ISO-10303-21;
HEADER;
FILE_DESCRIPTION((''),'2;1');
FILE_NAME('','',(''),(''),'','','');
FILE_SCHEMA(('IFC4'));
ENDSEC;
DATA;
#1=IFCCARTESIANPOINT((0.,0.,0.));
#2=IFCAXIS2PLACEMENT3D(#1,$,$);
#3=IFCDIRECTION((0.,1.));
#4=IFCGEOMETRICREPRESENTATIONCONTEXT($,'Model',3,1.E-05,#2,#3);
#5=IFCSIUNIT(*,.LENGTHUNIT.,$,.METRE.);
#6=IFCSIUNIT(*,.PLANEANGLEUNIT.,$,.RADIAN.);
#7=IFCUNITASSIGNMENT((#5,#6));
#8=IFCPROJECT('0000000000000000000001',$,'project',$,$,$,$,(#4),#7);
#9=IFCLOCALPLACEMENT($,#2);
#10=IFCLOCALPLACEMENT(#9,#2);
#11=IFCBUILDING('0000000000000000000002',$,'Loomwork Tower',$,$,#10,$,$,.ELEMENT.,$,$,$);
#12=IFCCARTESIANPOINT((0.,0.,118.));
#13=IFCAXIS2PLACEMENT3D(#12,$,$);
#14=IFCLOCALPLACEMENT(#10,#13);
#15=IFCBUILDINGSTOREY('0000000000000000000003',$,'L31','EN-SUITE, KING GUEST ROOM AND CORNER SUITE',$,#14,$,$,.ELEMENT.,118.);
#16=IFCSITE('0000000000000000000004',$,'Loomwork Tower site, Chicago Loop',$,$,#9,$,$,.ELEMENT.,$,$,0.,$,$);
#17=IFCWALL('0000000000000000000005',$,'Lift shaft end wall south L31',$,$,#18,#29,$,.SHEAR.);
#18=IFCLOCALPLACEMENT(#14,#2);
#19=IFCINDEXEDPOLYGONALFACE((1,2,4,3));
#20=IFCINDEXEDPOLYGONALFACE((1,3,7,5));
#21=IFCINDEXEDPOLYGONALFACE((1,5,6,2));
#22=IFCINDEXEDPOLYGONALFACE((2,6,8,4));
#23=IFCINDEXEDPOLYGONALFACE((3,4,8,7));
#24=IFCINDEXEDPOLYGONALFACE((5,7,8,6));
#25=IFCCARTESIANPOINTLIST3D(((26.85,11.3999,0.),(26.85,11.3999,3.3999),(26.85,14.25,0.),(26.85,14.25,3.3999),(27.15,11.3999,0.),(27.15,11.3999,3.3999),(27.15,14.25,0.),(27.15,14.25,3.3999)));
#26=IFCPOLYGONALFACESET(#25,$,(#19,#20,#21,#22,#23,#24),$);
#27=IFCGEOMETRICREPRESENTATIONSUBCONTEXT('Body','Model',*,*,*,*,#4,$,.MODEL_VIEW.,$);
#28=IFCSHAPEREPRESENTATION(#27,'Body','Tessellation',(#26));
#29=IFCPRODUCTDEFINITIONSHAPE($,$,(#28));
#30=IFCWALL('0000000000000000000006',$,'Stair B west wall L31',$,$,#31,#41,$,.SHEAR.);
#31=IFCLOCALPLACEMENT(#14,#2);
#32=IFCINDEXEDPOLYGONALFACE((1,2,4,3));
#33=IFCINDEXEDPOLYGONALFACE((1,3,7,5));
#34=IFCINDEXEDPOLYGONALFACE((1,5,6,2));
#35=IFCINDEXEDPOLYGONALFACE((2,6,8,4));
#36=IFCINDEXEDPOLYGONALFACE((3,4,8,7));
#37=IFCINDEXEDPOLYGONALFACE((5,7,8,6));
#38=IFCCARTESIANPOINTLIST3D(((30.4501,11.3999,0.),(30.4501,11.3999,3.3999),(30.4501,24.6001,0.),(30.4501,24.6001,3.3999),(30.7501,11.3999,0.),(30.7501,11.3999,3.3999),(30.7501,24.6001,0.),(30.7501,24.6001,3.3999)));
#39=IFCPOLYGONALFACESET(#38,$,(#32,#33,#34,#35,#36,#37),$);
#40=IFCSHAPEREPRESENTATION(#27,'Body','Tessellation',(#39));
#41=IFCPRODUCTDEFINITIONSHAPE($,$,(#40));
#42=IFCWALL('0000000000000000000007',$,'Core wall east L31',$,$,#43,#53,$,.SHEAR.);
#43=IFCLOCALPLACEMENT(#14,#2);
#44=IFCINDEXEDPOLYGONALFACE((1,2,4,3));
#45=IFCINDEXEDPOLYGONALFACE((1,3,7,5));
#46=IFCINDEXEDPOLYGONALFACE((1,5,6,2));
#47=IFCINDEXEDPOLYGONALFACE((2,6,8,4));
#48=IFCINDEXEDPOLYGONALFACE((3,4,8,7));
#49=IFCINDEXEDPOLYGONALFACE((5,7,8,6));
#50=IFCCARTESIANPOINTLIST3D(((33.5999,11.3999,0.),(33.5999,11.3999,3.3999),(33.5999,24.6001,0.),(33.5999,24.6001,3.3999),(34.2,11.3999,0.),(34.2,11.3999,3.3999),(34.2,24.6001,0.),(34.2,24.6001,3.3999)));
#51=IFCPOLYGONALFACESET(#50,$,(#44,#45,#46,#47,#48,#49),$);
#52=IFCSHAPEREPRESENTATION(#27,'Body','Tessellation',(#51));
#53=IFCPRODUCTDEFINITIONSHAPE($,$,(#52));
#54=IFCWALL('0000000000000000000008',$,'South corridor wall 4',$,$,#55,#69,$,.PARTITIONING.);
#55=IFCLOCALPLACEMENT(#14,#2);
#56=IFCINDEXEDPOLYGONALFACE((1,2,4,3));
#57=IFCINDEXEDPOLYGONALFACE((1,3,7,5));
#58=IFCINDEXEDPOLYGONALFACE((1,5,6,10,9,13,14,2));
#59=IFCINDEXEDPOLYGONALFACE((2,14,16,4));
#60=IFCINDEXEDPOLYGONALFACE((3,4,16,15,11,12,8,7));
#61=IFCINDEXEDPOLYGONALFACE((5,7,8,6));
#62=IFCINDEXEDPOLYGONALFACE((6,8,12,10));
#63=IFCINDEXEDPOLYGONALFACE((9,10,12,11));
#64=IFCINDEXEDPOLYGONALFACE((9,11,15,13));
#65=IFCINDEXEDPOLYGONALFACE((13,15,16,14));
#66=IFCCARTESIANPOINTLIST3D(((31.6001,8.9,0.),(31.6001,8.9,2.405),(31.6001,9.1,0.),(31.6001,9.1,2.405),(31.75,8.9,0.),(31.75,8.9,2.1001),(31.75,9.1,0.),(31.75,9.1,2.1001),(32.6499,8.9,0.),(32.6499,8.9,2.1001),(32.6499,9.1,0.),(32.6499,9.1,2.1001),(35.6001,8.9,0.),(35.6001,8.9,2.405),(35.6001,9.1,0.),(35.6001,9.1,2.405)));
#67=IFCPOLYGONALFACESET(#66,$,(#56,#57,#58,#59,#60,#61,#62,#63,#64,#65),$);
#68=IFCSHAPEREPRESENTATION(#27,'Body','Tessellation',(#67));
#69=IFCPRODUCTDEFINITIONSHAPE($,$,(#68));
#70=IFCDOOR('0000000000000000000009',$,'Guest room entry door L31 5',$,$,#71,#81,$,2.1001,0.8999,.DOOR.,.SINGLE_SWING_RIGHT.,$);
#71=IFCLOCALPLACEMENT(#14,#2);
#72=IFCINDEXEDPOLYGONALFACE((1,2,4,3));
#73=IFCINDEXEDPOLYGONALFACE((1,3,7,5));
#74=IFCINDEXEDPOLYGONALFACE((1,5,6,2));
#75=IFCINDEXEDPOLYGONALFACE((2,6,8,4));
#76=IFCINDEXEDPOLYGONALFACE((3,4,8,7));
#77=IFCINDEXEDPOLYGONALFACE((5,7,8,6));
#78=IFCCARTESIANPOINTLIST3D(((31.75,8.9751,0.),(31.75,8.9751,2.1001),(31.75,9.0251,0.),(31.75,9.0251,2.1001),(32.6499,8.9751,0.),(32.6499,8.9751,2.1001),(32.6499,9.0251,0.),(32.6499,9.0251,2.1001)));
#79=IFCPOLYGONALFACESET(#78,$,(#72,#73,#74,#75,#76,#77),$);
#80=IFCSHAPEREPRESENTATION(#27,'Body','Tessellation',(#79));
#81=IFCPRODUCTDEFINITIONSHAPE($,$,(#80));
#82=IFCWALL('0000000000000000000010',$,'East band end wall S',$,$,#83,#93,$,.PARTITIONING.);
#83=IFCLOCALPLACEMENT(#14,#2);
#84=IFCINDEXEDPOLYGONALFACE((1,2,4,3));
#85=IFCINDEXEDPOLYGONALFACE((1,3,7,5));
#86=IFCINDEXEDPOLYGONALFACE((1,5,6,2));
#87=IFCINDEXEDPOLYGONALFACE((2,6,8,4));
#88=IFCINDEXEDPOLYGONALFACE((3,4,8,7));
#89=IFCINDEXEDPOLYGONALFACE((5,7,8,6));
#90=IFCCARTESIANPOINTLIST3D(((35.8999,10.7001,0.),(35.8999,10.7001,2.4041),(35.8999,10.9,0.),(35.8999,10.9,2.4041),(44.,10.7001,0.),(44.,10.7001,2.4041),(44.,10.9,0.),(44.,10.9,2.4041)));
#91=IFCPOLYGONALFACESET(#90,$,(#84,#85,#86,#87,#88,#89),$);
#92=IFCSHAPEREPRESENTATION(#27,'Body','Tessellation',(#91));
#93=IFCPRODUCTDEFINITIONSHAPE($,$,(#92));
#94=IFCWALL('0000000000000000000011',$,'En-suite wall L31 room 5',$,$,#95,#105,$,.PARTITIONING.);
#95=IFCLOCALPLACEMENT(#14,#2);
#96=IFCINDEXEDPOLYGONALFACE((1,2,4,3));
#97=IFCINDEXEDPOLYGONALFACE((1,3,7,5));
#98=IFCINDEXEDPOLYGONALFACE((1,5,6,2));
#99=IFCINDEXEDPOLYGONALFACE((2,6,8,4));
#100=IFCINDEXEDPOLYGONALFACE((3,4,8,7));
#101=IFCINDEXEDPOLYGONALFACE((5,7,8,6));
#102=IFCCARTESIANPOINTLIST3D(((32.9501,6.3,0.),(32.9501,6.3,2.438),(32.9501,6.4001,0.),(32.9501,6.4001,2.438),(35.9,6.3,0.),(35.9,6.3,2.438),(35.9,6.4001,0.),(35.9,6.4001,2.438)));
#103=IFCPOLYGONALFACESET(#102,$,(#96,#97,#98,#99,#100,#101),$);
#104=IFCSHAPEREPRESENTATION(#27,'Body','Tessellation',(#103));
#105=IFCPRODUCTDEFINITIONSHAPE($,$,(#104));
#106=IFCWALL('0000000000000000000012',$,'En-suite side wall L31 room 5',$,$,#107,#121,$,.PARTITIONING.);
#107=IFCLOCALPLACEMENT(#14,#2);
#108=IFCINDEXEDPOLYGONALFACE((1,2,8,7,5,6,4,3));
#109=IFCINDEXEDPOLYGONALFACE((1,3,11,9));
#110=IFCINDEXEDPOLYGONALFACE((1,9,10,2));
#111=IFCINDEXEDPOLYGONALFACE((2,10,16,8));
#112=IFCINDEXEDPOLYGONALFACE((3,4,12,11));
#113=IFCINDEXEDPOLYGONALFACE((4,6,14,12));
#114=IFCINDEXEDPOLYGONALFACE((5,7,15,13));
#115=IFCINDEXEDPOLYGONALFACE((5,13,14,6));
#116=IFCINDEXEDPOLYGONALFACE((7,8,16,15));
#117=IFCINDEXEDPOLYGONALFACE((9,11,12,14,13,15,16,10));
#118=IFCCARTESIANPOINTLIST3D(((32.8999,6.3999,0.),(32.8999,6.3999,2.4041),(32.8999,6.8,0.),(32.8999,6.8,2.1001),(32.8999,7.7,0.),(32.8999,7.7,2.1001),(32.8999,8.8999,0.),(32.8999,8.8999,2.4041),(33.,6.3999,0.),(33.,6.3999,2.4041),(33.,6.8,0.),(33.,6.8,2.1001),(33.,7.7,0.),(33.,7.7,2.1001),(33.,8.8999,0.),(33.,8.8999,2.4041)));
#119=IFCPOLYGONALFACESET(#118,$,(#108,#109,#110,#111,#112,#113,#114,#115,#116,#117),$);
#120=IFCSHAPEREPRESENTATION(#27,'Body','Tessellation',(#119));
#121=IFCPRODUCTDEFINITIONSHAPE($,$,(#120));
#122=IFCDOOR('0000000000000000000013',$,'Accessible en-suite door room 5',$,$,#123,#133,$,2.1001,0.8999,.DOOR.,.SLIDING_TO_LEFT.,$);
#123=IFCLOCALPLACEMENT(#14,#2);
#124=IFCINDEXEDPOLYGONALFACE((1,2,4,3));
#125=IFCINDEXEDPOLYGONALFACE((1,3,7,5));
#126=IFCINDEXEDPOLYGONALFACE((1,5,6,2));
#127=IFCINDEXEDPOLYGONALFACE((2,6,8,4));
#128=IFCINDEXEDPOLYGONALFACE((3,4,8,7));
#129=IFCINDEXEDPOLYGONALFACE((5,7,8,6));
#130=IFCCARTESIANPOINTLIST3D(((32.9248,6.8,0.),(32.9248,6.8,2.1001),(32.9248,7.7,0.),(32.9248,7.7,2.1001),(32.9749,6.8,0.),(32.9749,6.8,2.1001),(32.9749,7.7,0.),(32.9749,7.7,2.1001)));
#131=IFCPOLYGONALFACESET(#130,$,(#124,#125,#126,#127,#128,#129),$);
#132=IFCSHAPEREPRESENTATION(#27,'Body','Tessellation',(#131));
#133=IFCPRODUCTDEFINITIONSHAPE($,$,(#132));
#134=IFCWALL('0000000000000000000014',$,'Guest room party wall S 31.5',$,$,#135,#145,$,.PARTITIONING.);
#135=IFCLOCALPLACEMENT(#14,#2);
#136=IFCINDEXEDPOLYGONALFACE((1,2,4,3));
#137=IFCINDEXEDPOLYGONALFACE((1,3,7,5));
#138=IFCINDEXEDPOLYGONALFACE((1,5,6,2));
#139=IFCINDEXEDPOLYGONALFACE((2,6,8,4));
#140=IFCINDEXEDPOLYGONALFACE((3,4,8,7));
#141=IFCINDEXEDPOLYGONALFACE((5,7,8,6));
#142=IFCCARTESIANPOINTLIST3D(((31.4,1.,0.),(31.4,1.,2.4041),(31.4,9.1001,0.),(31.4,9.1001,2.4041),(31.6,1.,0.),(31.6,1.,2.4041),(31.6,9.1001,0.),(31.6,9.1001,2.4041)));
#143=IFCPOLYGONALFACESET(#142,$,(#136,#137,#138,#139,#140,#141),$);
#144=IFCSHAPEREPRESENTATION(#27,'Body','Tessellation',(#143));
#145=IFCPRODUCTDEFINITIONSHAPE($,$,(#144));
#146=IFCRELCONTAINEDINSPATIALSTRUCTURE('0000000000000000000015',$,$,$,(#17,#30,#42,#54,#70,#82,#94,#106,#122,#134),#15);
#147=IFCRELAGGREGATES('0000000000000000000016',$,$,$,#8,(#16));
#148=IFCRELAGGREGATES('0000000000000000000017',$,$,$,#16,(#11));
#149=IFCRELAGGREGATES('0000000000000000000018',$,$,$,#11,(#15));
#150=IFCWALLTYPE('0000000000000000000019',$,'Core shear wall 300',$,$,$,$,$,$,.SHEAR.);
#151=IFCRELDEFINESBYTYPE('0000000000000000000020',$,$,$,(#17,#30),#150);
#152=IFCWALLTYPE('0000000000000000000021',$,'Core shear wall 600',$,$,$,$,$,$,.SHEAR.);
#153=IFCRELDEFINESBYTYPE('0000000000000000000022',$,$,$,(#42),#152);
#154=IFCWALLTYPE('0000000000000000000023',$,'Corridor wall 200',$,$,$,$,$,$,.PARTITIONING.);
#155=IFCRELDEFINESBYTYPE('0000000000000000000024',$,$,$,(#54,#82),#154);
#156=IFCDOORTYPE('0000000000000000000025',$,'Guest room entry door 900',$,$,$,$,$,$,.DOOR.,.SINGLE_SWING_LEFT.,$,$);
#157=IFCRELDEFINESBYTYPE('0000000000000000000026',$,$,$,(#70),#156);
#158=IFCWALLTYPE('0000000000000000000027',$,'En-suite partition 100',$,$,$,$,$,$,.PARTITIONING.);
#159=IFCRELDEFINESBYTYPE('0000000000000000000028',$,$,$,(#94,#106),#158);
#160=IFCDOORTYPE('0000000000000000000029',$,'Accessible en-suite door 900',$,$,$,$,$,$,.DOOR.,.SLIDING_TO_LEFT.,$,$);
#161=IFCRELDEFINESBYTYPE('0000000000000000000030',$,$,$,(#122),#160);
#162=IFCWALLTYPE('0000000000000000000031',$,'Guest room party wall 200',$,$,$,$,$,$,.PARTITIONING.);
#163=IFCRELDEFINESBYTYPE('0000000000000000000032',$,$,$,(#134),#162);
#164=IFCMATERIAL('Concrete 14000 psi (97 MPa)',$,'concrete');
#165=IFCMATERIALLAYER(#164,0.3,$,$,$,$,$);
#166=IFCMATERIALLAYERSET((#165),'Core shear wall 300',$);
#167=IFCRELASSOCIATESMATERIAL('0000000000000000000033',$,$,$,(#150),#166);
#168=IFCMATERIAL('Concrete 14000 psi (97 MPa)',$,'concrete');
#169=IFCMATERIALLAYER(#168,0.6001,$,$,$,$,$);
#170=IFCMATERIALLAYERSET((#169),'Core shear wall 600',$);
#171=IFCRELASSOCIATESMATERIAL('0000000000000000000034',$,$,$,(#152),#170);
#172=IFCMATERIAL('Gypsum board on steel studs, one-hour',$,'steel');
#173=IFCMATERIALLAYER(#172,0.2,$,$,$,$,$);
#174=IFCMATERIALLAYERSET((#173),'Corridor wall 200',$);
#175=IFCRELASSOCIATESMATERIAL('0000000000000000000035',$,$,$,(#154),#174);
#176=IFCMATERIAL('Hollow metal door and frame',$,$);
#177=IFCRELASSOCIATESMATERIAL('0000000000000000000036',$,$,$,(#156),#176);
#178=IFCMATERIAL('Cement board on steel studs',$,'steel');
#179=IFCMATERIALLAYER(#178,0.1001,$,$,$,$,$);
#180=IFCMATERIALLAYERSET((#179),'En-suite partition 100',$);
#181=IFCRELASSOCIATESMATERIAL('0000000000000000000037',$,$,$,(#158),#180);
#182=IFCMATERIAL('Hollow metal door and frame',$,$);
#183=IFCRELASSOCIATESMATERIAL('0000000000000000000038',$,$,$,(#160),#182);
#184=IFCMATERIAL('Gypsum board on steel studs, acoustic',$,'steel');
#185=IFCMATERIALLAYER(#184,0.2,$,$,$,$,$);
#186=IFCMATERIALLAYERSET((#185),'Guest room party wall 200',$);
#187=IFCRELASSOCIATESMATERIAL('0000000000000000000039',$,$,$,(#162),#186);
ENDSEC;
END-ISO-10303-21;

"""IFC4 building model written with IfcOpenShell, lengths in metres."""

from ifc_helpers import new_model, si_unit, direction, frame, frame_2d, origin, place, context, subcontext, project, spatial, rectangle, extrude, material, layer, layer_set, type_object, element, fill, save


model = new_model("IFC4")

# Units and contexts
model_context = context("Model", 3, precision=1e-05, world=origin(), true_north=direction((0.0, 1.0)))
body_context = subcontext(model_context, "Body", "Model", "MODEL_VIEW")
ifc_project = project(units=[si_unit("LENGTHUNIT", "METRE"), si_unit("PLANEANGLEUNIT", "RADIAN")], contexts=[model_context])

# Site, building, storey
site_placement = place(None, origin())
site = spatial("IfcSite", under=ifc_project, at=site_placement, Name="Loomwork Tower site, Chicago Loop", CompositionType="ELEMENT", RefElevation=0.0)
building_placement = place(site_placement, origin())
building = spatial("IfcBuilding", under=site, at=building_placement, Name="Loomwork Tower", CompositionType="ELEMENT")
storey_placement = place(building_placement, frame((0.0, 0.0, 118.0)))
storey = spatial("IfcBuildingStorey", under=building, at=storey_placement, Name="L31", Description="EN-SUITE, KING GUEST ROOM AND CORNER SUITE", CompositionType="ELEMENT", Elevation=118.0)

# Walls
ifc_material_1 = material(Name="Concrete 14000 psi (97 MPa)", Category="concrete")
ifc_layer_1 = layer(ifc_material_1, 0.3)
ifc_layer_set_1 = layer_set([ifc_layer_1], Name="Core shear wall 300")
wall_type_1 = type_object("IfcWallType", Name="Core shear wall 300", PredefinedType="SHEAR", material=ifc_layer_set_1)
wall_1_placement = place(storey_placement, frame((27.0, 11.3999, 0.0), z_axis=(0.0, 0.0, 1.0), x_axis=(0.0, 1.0, 0.0)))
element("IfcWall", 1, at=wall_1_placement, inside=storey, type_object=wall_type_1, Name="Lift shaft end wall south L31", PredefinedType="SHEAR", context=body_context, shape_type="SweptSolid", body=[
    extrude(rectangle(XDim=2.8501, YDim=0.3, at=frame_2d((1.425, 0.0))), origin(), (0.0, 0.0, 1.0), 3.3999),
])
wall_2_placement = place(storey_placement, frame((30.6001, 11.3999, 0.0), z_axis=(0.0, 0.0, 1.0), x_axis=(0.0, 1.0, 0.0)))
element("IfcWall", 2, at=wall_2_placement, inside=storey, type_object=wall_type_1, Name="Stair B west wall L31", PredefinedType="SHEAR", context=body_context, shape_type="SweptSolid", body=[
    extrude(rectangle(XDim=13.2002, YDim=0.3, at=frame_2d((6.6001, 0.0))), origin(), (0.0, 0.0, 1.0), 3.3999),
])
ifc_material_2 = material(Name="Concrete 14000 psi (97 MPa)", Category="concrete")
ifc_layer_2 = layer(ifc_material_2, 0.6001)
ifc_layer_set_2 = layer_set([ifc_layer_2], Name="Core shear wall 600")
wall_type_2 = type_object("IfcWallType", Name="Core shear wall 600", PredefinedType="SHEAR", material=ifc_layer_set_2)
wall_3_placement = place(storey_placement, frame((33.8999, 11.3999, 0.0), z_axis=(0.0, 0.0, 1.0), x_axis=(0.0, 1.0, 0.0)))
element("IfcWall", 3, at=wall_3_placement, inside=storey, type_object=wall_type_2, Name="Core wall east L31", PredefinedType="SHEAR", context=body_context, shape_type="SweptSolid", body=[
    extrude(rectangle(XDim=13.2002, YDim=0.6001, at=frame_2d((6.6001, 0.0))), origin(), (0.0, 0.0, 1.0), 3.3999),
])

# Wall, opening, door
ifc_material_3 = material(Name="Gypsum board on steel studs, one-hour", Category="steel")
ifc_layer_3 = layer(ifc_material_3, 0.2)
ifc_layer_set_3 = layer_set([ifc_layer_3], Name="Corridor wall 200")
wall_type_3 = type_object("IfcWallType", Name="Corridor wall 200", PredefinedType="PARTITIONING", material=ifc_layer_set_3)
wall_4_placement = place(storey_placement, frame((31.6001, 9.0, 0.0), z_axis=(0.0, 0.0, 1.0), x_axis=(1.0, 0.0, 0.0)))
wall_4 = element("IfcWall", 4, at=wall_4_placement, inside=storey, type_object=wall_type_3, Name="South corridor wall 4", PredefinedType="PARTITIONING", context=body_context, shape_type="SweptSolid", body=[
    extrude(rectangle(XDim=4.0, YDim=0.2, at=frame_2d((2.0, 0.0))), origin(), (0.0, 0.0, 1.0), 2.405),
])
opening_1_placement = place(wall_4_placement, frame((0.1499, 0.0, 0.0)))
opening_1 = element("IfcOpeningElement", 5, at=opening_1_placement, cuts=wall_4, PredefinedType="OPENING", context=body_context, shape_type="SweptSolid", body=[
    extrude(rectangle(XDim=0.8999, YDim=2.1001, at=frame_2d((0.45, 1.05))), frame((0.0, 0.1099, 0.0), z_axis=(0.0, -1.0, 0.0), x_axis=(1.0, 0.0, 0.0)), (0.0, 0.0, 1.0), 0.22),
])
ifc_material_4 = material(Name="Hollow metal door and frame")
door_type_1 = type_object("IfcDoorType", Name="Guest room entry door 900", OperationType="SINGLE_SWING_LEFT", PredefinedType="DOOR", material=ifc_material_4)
door_1_placement = place(opening_1_placement, frame((0.8999, 0.0, 0.0), z_axis=(0.0, 0.0, 1.0), x_axis=(-1.0, 0.0, 0.0)))
door_1 = element("IfcDoor", 6, at=door_1_placement, inside=storey, type_object=door_type_1, Name="Guest room entry door L31 5", OperationType="SINGLE_SWING_RIGHT", OverallHeight=2.1001, OverallWidth=0.8999, PredefinedType="DOOR", context=body_context, shape_type="SweptSolid", body=[
    extrude(rectangle(XDim=0.8999, YDim=2.1001, at=frame_2d((0.45, 1.05))), frame((0.0, 0.0249, 0.0), z_axis=(0.0, -1.0, 0.0), x_axis=(1.0, 0.0, 0.0)), (0.0, 0.0, 1.0), 0.05),
])
fill(opening_1, door_1)

# Walls
wall_5_placement = place(storey_placement, frame((35.8999, 10.8, 0.0), z_axis=(0.0, 0.0, 1.0), x_axis=(1.0, 0.0, 0.0)))
element("IfcWall", 7, at=wall_5_placement, inside=storey, type_object=wall_type_3, Name="East band end wall S", PredefinedType="PARTITIONING", context=body_context, shape_type="SweptSolid", body=[
    extrude(rectangle(XDim=8.1001, YDim=0.2, at=frame_2d((4.05, 0.0))), origin(), (0.0, 0.0, 1.0), 2.4041),
])
ifc_material_5 = material(Name="Cement board on steel studs", Category="steel")
ifc_layer_4 = layer(ifc_material_5, 0.1001)
ifc_layer_set_4 = layer_set([ifc_layer_4], Name="En-suite partition 100")
wall_type_4 = type_object("IfcWallType", Name="En-suite partition 100", PredefinedType="PARTITIONING", material=ifc_layer_set_4)
wall_6_placement = place(storey_placement, frame((32.95, 6.3501, 0.0), z_axis=(0.0, 0.0, 1.0), x_axis=(1.0, 0.0, 0.0)))
element("IfcWall", 8, at=wall_6_placement, inside=storey, type_object=wall_type_4, Name="En-suite wall L31 room 5", PredefinedType="PARTITIONING", context=body_context, shape_type="SweptSolid", body=[
    extrude(rectangle(XDim=2.95, YDim=0.1001, at=frame_2d((1.4751, 0.0))), origin(), (0.0, 0.0, 1.0), 2.438),
])

# Wall, opening, door
wall_7_placement = place(storey_placement, frame((32.95, 8.8999, 0.0), z_axis=(0.0, 0.0, 1.0), x_axis=(0.0, -1.0, 0.0)))
wall_7 = element("IfcWall", 9, at=wall_7_placement, inside=storey, type_object=wall_type_4, Name="En-suite side wall L31 room 5", PredefinedType="PARTITIONING", context=body_context, shape_type="SweptSolid", body=[
    extrude(rectangle(XDim=2.5, YDim=0.1001, at=frame_2d((1.25, 0.0))), origin(), (0.0, 0.0, 1.0), 2.4041),
])
opening_2_placement = place(wall_7_placement, frame((1.2, 0.0, 0.0)))
opening_2 = element("IfcOpeningElement", 10, at=opening_2_placement, cuts=wall_7, PredefinedType="OPENING", context=body_context, shape_type="SweptSolid", body=[
    extrude(rectangle(XDim=0.8999, YDim=2.1001, at=frame_2d((0.45, 1.05))), frame((0.0, 0.0601, 0.0), z_axis=(0.0, -1.0, 0.0), x_axis=(1.0, 0.0, 0.0)), (0.0, 0.0, 1.0), 0.1201),
])
ifc_material_6 = material(Name="Hollow metal door and frame")
door_type_2 = type_object("IfcDoorType", Name="Accessible en-suite door 900", OperationType="SLIDING_TO_LEFT", PredefinedType="DOOR", material=ifc_material_6)
door_2_placement = place(opening_2_placement, origin())
door_2 = element("IfcDoor", 11, at=door_2_placement, inside=storey, type_object=door_type_2, Name="Accessible en-suite door room 5", OperationType="SLIDING_TO_LEFT", OverallHeight=2.1001, OverallWidth=0.8999, PredefinedType="DOOR", context=body_context, shape_type="SweptSolid", body=[
    extrude(rectangle(XDim=0.8999, YDim=2.1001, at=frame_2d((0.45, 1.05))), frame((0.0, 0.0249, 0.0), z_axis=(0.0, -1.0, 0.0), x_axis=(1.0, 0.0, 0.0)), (0.0, 0.0, 1.0), 0.05),
])
fill(opening_2, door_2)

# Wall
ifc_material_7 = material(Name="Gypsum board on steel studs, acoustic", Category="steel")
ifc_layer_5 = layer(ifc_material_7, 0.2)
ifc_layer_set_5 = layer_set([ifc_layer_5], Name="Guest room party wall 200")
wall_type_5 = type_object("IfcWallType", Name="Guest room party wall 200", PredefinedType="PARTITIONING", material=ifc_layer_set_5)
wall_8_placement = place(storey_placement, frame((31.5, 9.1001, 0.0), z_axis=(0.0, 0.0, 1.0), x_axis=(0.0, -1.0, 0.0)))
element("IfcWall", 12, at=wall_8_placement, inside=storey, type_object=wall_type_5, Name="Guest room party wall S 31.5", PredefinedType="PARTITIONING", context=body_context, shape_type="SweptSolid", body=[
    extrude(rectangle(XDim=8.1001, YDim=0.2, at=frame_2d((4.05, 0.0))), origin(), (0.0, 0.0, 1.0), 2.4041),
])

save(model, "model.ifc")
